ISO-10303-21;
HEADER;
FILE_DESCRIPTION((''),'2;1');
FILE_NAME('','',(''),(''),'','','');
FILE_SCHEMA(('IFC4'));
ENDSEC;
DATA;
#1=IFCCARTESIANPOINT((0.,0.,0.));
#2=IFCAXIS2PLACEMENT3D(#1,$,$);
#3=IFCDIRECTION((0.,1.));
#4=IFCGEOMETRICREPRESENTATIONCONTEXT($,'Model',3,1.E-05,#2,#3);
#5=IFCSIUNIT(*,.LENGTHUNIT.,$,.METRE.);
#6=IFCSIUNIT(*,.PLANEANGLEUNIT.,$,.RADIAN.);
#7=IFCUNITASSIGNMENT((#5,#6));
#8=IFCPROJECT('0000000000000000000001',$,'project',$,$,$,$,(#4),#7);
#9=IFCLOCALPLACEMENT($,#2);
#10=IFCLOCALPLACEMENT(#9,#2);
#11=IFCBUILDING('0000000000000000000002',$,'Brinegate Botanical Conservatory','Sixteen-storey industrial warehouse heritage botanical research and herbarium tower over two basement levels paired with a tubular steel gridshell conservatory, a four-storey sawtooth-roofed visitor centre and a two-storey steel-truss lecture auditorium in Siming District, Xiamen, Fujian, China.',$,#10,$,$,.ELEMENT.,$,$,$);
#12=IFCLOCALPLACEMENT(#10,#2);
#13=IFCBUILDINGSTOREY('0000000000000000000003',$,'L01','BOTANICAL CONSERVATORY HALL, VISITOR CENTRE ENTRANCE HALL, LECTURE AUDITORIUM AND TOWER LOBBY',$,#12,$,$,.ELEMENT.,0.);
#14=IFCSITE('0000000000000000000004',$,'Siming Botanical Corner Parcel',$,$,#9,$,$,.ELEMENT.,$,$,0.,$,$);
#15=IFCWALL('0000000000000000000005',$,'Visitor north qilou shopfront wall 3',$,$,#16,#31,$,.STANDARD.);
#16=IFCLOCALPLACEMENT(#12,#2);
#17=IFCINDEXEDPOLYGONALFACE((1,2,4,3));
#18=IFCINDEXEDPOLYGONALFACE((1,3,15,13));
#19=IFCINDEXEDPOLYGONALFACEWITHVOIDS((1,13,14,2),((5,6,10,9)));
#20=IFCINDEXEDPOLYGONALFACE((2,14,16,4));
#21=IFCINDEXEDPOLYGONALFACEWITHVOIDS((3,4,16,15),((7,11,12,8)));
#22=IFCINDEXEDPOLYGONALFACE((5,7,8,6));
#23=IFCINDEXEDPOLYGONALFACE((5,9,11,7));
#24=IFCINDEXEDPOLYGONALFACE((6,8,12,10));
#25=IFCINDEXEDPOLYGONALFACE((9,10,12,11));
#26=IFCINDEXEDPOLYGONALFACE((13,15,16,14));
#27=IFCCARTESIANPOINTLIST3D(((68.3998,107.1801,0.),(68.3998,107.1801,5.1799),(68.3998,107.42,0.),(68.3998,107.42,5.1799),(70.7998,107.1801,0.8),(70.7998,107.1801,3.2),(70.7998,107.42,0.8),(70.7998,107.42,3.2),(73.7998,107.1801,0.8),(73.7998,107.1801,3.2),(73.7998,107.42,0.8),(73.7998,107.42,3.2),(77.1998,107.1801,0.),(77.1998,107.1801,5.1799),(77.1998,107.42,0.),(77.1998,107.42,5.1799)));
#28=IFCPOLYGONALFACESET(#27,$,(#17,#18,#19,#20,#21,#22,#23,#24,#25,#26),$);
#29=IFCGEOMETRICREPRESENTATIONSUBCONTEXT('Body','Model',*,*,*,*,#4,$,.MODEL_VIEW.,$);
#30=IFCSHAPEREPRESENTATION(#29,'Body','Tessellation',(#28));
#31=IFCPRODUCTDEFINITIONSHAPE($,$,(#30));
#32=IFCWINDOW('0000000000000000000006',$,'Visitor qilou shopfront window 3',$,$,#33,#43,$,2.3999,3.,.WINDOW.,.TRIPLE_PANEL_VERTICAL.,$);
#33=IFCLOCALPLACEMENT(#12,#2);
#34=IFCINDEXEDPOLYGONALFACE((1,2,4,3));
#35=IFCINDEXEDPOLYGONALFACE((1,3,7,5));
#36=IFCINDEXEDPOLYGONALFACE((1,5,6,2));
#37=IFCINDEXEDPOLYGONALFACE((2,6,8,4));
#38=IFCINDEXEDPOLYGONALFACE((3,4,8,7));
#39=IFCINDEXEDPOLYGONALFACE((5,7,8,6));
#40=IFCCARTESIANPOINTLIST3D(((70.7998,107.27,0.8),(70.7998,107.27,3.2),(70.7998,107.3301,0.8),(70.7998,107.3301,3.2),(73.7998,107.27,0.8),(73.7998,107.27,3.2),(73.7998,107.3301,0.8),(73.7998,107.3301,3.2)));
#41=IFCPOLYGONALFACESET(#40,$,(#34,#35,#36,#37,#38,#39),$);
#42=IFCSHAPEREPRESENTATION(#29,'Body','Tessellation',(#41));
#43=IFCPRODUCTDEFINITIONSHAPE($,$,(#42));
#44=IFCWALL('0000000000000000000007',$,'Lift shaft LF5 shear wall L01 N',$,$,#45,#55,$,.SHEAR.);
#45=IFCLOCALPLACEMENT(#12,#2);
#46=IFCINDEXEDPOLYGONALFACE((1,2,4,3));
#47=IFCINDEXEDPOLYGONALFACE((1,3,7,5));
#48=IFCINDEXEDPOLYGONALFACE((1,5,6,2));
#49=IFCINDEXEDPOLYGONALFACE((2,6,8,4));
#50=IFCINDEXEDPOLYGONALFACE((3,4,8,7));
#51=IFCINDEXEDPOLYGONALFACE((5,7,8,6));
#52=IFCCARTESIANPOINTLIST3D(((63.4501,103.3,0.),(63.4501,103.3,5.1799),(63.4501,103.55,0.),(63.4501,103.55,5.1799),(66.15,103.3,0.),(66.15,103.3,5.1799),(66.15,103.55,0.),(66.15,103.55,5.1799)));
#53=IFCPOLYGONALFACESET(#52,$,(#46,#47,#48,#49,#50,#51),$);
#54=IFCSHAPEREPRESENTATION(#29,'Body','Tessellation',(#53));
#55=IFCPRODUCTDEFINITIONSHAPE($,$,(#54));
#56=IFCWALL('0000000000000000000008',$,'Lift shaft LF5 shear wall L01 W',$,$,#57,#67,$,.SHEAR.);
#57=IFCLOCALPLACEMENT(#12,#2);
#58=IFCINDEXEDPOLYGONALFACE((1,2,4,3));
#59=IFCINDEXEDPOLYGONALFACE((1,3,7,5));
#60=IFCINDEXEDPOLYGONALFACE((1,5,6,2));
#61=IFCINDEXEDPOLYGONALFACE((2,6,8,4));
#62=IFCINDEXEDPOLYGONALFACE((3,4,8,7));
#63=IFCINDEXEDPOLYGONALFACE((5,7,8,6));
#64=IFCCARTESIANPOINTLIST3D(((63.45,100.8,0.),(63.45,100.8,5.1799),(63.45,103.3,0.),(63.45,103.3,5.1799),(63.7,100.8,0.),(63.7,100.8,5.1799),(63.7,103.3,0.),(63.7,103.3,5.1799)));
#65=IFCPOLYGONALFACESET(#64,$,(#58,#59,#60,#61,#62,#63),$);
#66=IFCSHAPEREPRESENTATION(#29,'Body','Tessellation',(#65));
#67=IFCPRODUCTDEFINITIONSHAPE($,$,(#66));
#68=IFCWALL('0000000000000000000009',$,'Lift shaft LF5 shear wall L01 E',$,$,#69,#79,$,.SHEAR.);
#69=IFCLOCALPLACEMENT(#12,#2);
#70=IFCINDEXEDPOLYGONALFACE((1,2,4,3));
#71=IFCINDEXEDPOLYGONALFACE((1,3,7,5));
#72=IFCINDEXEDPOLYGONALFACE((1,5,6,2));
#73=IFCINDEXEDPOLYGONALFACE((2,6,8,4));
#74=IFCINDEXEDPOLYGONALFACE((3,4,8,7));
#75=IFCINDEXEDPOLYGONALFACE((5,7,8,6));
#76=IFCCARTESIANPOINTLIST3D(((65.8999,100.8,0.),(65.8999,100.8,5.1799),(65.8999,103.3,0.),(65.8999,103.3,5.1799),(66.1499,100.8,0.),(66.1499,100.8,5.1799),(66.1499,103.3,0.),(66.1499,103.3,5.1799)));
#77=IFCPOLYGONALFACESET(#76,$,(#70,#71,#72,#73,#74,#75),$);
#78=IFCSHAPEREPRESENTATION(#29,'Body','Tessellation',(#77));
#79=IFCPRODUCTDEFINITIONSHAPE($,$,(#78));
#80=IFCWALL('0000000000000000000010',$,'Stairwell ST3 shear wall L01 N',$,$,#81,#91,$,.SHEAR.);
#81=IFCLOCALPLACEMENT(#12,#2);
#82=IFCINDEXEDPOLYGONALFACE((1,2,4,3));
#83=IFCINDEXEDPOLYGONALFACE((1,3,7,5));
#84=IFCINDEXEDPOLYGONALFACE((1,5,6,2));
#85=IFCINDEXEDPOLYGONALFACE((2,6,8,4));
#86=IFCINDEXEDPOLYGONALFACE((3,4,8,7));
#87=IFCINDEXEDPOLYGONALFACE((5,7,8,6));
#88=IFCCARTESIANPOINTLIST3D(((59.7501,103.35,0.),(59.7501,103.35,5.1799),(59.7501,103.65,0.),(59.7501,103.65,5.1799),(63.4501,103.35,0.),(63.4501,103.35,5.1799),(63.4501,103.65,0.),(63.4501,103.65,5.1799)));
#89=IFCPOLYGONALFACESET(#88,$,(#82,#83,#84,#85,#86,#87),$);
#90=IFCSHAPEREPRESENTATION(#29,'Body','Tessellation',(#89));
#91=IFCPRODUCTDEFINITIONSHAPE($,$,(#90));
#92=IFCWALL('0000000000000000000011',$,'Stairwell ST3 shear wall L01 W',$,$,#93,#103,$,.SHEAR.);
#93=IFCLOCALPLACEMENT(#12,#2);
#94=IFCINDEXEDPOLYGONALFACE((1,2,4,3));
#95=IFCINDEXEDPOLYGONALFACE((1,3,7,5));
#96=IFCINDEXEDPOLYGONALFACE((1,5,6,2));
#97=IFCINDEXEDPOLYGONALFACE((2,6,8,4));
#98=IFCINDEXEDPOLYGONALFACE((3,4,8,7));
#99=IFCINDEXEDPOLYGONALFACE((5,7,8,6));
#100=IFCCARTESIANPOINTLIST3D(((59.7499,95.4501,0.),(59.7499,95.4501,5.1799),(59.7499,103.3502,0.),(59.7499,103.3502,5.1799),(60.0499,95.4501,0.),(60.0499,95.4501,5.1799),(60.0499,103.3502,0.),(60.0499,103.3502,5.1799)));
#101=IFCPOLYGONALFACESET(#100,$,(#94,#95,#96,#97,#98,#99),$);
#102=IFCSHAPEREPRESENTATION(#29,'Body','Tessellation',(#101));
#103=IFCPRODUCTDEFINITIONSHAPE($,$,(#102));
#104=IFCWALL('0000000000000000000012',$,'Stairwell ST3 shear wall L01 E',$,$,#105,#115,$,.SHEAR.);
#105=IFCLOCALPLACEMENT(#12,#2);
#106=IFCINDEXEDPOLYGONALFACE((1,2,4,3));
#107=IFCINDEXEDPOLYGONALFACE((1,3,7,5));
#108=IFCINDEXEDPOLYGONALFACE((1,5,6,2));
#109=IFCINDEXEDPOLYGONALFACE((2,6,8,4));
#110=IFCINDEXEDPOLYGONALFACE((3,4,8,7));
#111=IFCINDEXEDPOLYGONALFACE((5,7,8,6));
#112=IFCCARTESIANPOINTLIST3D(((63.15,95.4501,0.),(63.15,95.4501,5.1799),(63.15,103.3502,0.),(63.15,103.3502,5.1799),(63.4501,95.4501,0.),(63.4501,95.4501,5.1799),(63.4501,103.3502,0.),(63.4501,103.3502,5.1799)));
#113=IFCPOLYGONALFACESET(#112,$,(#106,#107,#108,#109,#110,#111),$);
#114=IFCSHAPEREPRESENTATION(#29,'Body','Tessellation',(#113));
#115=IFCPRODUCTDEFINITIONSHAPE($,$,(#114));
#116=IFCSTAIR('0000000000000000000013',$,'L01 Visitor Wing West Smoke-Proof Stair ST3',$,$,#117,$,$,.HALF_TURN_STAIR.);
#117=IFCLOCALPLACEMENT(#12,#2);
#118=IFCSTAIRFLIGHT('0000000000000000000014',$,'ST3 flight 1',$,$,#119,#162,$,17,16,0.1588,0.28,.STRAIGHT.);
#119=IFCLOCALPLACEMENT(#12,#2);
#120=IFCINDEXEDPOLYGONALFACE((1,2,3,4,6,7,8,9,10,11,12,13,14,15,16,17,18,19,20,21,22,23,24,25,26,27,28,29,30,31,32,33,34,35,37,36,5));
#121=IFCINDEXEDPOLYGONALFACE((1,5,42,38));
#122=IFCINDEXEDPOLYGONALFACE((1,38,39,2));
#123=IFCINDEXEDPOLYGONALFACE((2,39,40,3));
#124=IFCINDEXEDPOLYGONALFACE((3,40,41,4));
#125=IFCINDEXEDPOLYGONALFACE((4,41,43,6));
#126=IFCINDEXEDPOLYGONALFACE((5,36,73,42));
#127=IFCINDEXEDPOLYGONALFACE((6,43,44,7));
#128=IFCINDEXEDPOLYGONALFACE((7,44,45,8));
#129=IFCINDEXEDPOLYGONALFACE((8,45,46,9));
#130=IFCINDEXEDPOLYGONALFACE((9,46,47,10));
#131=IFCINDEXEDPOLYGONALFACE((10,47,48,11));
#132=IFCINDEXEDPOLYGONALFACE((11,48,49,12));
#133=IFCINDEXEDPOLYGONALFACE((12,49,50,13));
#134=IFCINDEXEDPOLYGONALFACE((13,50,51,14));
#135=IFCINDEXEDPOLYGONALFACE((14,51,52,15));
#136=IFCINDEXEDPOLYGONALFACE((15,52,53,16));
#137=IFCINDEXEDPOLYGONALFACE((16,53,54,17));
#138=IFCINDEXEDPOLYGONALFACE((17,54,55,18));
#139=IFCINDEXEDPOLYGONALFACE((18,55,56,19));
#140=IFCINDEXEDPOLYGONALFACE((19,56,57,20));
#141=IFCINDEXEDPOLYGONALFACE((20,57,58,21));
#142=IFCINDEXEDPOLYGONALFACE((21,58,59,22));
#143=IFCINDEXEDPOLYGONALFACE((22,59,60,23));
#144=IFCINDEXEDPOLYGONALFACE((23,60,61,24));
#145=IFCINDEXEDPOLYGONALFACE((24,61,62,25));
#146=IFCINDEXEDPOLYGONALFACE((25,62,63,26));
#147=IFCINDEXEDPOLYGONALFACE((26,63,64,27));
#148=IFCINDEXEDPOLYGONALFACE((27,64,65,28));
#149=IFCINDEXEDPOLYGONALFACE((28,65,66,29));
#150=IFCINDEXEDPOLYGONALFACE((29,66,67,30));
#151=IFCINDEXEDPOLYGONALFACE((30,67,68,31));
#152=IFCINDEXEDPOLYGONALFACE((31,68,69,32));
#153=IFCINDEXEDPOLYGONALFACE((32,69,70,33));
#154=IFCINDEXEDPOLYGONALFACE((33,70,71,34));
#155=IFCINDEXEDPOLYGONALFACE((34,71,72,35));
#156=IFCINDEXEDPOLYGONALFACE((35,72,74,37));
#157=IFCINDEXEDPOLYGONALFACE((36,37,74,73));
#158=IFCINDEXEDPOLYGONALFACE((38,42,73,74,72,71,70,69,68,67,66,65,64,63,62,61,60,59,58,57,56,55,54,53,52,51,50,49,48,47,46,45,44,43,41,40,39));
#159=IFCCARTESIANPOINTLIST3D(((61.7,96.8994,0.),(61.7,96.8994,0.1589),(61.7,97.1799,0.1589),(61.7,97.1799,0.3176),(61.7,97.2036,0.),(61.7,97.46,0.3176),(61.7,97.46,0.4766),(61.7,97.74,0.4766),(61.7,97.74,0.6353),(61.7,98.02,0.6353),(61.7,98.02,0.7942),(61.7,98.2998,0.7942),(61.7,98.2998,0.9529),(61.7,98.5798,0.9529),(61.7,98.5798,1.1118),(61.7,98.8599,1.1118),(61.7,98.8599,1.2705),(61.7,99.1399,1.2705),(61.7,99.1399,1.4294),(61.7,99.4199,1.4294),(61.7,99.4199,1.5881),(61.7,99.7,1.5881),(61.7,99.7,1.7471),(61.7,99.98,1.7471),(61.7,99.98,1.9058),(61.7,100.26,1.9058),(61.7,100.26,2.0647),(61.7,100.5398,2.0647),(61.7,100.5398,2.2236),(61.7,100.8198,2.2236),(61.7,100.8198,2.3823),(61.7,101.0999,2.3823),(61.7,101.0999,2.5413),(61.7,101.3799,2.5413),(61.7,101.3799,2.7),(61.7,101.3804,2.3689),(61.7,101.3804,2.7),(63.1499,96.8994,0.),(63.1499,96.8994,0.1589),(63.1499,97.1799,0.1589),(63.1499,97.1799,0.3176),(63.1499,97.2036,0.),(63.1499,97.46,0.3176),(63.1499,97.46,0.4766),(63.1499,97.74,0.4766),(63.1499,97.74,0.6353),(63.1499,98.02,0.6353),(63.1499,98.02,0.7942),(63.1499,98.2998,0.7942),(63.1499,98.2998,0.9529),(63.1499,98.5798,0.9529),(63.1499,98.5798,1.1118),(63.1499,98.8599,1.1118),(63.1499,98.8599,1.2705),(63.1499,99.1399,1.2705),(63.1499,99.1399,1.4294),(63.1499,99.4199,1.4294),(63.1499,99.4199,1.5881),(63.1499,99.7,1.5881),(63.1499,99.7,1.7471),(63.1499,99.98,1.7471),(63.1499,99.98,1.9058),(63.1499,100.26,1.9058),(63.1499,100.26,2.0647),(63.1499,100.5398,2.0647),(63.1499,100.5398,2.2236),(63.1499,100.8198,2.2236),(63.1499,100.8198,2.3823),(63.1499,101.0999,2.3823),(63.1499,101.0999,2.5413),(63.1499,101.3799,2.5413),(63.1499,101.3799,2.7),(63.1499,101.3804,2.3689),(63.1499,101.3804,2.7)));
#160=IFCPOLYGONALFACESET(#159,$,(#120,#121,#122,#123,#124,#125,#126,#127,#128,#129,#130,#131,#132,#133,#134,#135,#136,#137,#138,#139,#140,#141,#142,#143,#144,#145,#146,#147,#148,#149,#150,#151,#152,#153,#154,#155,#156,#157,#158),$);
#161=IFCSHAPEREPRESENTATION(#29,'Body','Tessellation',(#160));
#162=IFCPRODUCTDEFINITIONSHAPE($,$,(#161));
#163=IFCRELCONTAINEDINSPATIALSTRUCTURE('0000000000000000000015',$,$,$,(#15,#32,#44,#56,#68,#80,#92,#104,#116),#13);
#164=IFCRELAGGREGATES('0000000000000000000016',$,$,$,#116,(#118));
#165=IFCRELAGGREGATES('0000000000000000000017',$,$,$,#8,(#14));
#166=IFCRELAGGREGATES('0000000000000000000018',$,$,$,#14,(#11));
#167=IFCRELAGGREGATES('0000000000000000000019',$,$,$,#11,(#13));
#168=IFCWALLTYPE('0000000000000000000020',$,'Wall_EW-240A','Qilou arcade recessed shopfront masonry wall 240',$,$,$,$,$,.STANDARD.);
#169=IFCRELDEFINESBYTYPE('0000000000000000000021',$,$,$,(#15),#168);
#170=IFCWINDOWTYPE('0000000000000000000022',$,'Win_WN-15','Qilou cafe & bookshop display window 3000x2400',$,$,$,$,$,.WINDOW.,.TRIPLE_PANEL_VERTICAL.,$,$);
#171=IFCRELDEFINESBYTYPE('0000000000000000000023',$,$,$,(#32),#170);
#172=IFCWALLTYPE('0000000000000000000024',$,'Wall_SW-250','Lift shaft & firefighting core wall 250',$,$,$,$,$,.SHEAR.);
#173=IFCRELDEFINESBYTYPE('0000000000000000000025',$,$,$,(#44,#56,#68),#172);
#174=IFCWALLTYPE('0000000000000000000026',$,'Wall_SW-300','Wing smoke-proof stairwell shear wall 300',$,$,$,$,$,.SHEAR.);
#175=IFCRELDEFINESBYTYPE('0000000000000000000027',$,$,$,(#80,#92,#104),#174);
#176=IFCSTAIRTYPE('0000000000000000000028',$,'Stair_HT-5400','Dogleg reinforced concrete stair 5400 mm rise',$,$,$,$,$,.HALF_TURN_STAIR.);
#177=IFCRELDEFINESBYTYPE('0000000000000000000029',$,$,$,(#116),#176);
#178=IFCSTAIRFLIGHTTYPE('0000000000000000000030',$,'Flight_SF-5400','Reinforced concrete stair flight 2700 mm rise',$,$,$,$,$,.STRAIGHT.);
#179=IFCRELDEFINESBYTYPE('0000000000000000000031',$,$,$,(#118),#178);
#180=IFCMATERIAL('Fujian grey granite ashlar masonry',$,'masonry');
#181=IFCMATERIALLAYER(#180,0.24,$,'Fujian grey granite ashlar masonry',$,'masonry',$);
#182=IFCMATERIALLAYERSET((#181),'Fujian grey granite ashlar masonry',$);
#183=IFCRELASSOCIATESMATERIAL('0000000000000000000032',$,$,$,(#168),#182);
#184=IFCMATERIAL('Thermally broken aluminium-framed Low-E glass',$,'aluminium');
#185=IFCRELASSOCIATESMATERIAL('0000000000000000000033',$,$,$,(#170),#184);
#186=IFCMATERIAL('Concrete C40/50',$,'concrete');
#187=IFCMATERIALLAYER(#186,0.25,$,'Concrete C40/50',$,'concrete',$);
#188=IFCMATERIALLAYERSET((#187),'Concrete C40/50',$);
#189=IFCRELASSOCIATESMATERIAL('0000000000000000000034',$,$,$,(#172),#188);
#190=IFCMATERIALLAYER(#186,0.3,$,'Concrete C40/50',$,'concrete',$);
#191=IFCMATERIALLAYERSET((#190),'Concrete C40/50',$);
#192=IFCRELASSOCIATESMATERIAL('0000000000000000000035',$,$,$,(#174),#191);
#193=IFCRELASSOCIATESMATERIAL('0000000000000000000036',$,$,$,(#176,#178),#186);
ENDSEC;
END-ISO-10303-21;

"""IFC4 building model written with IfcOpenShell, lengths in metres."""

from ifc_helpers import new_model, si_unit, direction, frame, frame_2d, origin, place, context, subcontext, project, spatial, polyline, rectangle, outline, extrude, material, layer, layer_set, type_object, element, fill, aggregate, save


model = new_model("IFC4")

# Units and contexts
model_context = context("Model", 3, precision=1e-05, world=origin(), true_north=direction((0.0, 1.0)))
body_context = subcontext(model_context, "Body", "Model", "MODEL_VIEW")
ifc_project = project(units=[si_unit("LENGTHUNIT", "METRE"), si_unit("PLANEANGLEUNIT", "RADIAN")], contexts=[model_context])

# Site, building, storey
site_placement = place(None, origin())
site = spatial("IfcSite", under=ifc_project, at=site_placement, Name="Siming Botanical Corner Parcel", CompositionType="ELEMENT", RefElevation=0.0)
building_placement = place(site_placement, origin())
building = spatial("IfcBuilding", under=site, at=building_placement, Name="Brinegate Botanical Conservatory", Description="Sixteen-storey industrial warehouse heritage botanical research and herbarium tower over two basement levels paired with a tubular steel gridshell conservatory, a four-storey sawtooth-roofed visitor centre and a two-storey steel-truss lecture auditorium in Siming District, Xiamen, Fujian, China.", CompositionType="ELEMENT")
storey_placement = place(building_placement, origin())
storey = spatial("IfcBuildingStorey", under=building, at=storey_placement, Name="L01", Description="BOTANICAL CONSERVATORY HALL, VISITOR CENTRE ENTRANCE HALL, LECTURE AUDITORIUM AND TOWER LOBBY", CompositionType="ELEMENT", Elevation=0.0)

# Shared definitions
ifc_material_1 = material(Name="Concrete C40/50", Category="concrete")

# Wall, opening, window
ifc_material_2 = material(Name="Fujian grey granite ashlar masonry", Category="masonry")
ifc_layer_1 = layer(ifc_material_2, 0.24, Name="Fujian grey granite ashlar masonry", Category="masonry")
ifc_layer_set_1 = layer_set([ifc_layer_1], Name="Fujian grey granite ashlar masonry")
wall_type_1 = type_object("IfcWallType", Name="Wall_EW-240A", Description="Qilou arcade recessed shopfront masonry wall 240", PredefinedType="STANDARD", material=ifc_layer_set_1)
wall_1_placement = place(storey_placement, frame((68.3999, 107.3, 0.0), z_axis=(0.0, 0.0, 1.0), x_axis=(1.0, 0.0, 0.0)))
wall_1 = element("IfcWall", 1, at=wall_1_placement, inside=storey, type_object=wall_type_1, Name="Visitor north qilou shopfront wall 3", PredefinedType="STANDARD", context=body_context, shape_type="SweptSolid", body=[
    extrude(rectangle(XDim=8.8, YDim=0.24, at=frame_2d((4.3999, 0.0))), origin(), (0.0, 0.0, 1.0), 5.1799),
])
opening_1_placement = place(wall_1_placement, frame((2.3999, 0.0, 0.8)))
opening_1 = element("IfcOpeningElement", 2, at=opening_1_placement, cuts=wall_1, PredefinedType="OPENING", context=body_context, shape_type="SweptSolid", body=[
    extrude(rectangle(XDim=3.0, YDim=2.3999, at=frame_2d((1.5, 1.2))), frame((0.0, 0.1299, 0.0), z_axis=(0.0, -1.0, 0.0), x_axis=(1.0, 0.0, 0.0)), (0.0, 0.0, 1.0), 0.26),
])
ifc_material_3 = material(Name="Thermally broken aluminium-framed Low-E glass", Category="aluminium")
window_type = type_object("IfcWindowType", Name="Win_WN-15", Description="Qilou cafe & bookshop display window 3000x2400", PartitioningType="TRIPLE_PANEL_VERTICAL", PredefinedType="WINDOW", material=ifc_material_3)
window_placement = place(opening_1_placement, origin())
window = element("IfcWindow", 3, at=window_placement, inside=storey, type_object=window_type, Name="Visitor qilou shopfront window 3", OverallHeight=2.3999, OverallWidth=3.0, PartitioningType="TRIPLE_PANEL_VERTICAL", PredefinedType="WINDOW", context=body_context, shape_type="SweptSolid", body=[
    extrude(rectangle(XDim=3.0, YDim=2.3999, at=frame_2d((1.5, 1.2))), frame((0.0, 0.03, 0.0), z_axis=(0.0, -1.0, 0.0), x_axis=(1.0, 0.0, 0.0)), (0.0, 0.0, 1.0), 0.0601),
])
fill(opening_1, window)

# Shared definitions
ifc_layer_2 = layer(ifc_material_1, 0.25, Name="Concrete C40/50", Category="concrete")
ifc_layer_set_2 = layer_set([ifc_layer_2], Name="Concrete C40/50")
wall_type_2 = type_object("IfcWallType", Name="Wall_SW-250", Description="Lift shaft & firefighting core wall 250", PredefinedType="SHEAR", material=ifc_layer_set_2)

# Walls
wall_2_placement = place(storey_placement, frame((63.45, 103.425, 0.0), z_axis=(0.0, 0.0, 1.0), x_axis=(1.0, 0.0, 0.0)))
element("IfcWall", 4, at=wall_2_placement, inside=storey, type_object=wall_type_2, Name="Lift shaft LF5 shear wall L01 N", PredefinedType="SHEAR", context=body_context, shape_type="SweptSolid", body=[
    extrude(rectangle(XDim=2.7, YDim=0.25, at=frame_2d((1.3501, 0.0))), origin(), (0.0, 0.0, 1.0), 5.1799),
])
for number, where, z_axis, x_axis, name in (
    (5, (63.575, 100.8, 0.0), (0.0, 0.0, 1.0), (0.0, 1.0, 0.0), "Lift shaft LF5 shear wall L01 W"),
    (6, (66.0249, 100.8, 0.0), (0.0, 0.0, 1.0), (0.0, 1.0, 0.0), "Lift shaft LF5 shear wall L01 E"),
):
    element("IfcWall", number, at=place(storey_placement, frame(where, z_axis=z_axis, x_axis=x_axis)), inside=storey, type_object=wall_type_2, Name=name, PredefinedType="SHEAR", context=body_context, shape_type="SweptSolid", body=[
        extrude(rectangle(XDim=2.5, YDim=0.25, at=frame_2d((1.25, 0.0))), origin(), (0.0, 0.0, 1.0), 5.1799),
    ])

# Shared definitions
ifc_layer_3 = layer(ifc_material_1, 0.3, Name="Concrete C40/50", Category="concrete")
ifc_layer_set_3 = layer_set([ifc_layer_3], Name="Concrete C40/50")
wall_type_3 = type_object("IfcWallType", Name="Wall_SW-300", Description="Wing smoke-proof stairwell shear wall 300", PredefinedType="SHEAR", material=ifc_layer_set_3)

# Walls
wall_3_placement = place(storey_placement, frame((59.75, 103.5, 0.0), z_axis=(0.0, 0.0, 1.0), x_axis=(1.0, 0.0, 0.0)))
element("IfcWall", 7, at=wall_3_placement, inside=storey, type_object=wall_type_3, Name="Stairwell ST3 shear wall L01 N", PredefinedType="SHEAR", context=body_context, shape_type="SweptSolid", body=[
    extrude(rectangle(XDim=3.7, YDim=0.3, at=frame_2d((1.8501, 0.0))), origin(), (0.0, 0.0, 1.0), 5.1799),
])
for number, where, z_axis, x_axis, name in (
    (8, (59.8999, 95.45, 0.0), (0.0, 0.0, 1.0), (0.0, 1.0, 0.0), "Stairwell ST3 shear wall L01 W"),
    (9, (63.3, 95.45, 0.0), (0.0, 0.0, 1.0), (0.0, 1.0, 0.0), "Stairwell ST3 shear wall L01 E"),
):
    element("IfcWall", number, at=place(storey_placement, frame(where, z_axis=z_axis, x_axis=x_axis)), inside=storey, type_object=wall_type_3, Name=name, PredefinedType="SHEAR", context=body_context, shape_type="SweptSolid", body=[
        extrude(rectangle(XDim=7.9001, YDim=0.3, at=frame_2d((3.9502, 0.0))), origin(), (0.0, 0.0, 1.0), 5.1799),
    ])

# Stair, stair flight
stair_type = type_object("IfcStairType", Name="Stair_HT-5400", Description="Dogleg reinforced concrete stair 5400 mm rise", PredefinedType="HALF_TURN_STAIR", material=ifc_material_1)
stair_placement = place(storey_placement, origin())
stair = element("IfcStair", 10, at=stair_placement, inside=storey, type_object=stair_type, Name="L01 Visitor Wing West Smoke-Proof Stair ST3", PredefinedType="HALF_TURN_STAIR")
stair_flight_type = type_object("IfcStairFlightType", Name="Flight_SF-5400", Description="Reinforced concrete stair flight 2700 mm rise", PredefinedType="STRAIGHT", material=ifc_material_1)
stair_flight_1_placement = place(storey_placement, frame((62.425, 96.8999, 0.0), z_axis=(0.0, 0.0, 1.0), x_axis=(0.0, 1.0, 0.0)))
stair_flight_1 = element("IfcStairFlight", 11, at=stair_flight_1_placement, type_object=stair_flight_type, Name="ST3 flight 1", NumberOfRisers=17, NumberOfTreads=16, PredefinedType="STRAIGHT", RiserHeight=0.1588, TreadLength=0.28, context=body_context, shape_type="SweptSolid", body=[
    extrude(outline(polyline([(-0.0005, 0.0), (-0.0005, 0.1589), (0.28, 0.1589), (0.28, 0.3176), (0.5601, 0.3176), (0.5601, 0.4766), (0.8401, 0.4766), (0.8401, 0.6353), (1.1201, 0.6353), (1.1201, 0.7942), (1.3999, 0.7942), (1.3999, 0.9529), (1.6799, 0.9529), (1.6799, 1.1118), (1.96, 1.1118), (1.96, 1.2705), (2.24, 1.2705), (2.24, 1.4294), (2.52, 1.4294), (2.52, 1.5881), (2.8, 1.5881), (2.8, 1.7471), (3.0801, 1.7471), (3.0801, 1.9058), (3.3601, 1.9058), (3.3601, 2.0647), (3.6399, 2.0647), (3.6399, 2.2236), (3.9199, 2.2236), (3.9199, 2.3823), (4.2, 2.3823), (4.2, 2.5413), (4.48, 2.5413), (4.48, 2.7), (4.4805, 2.7), (4.4805, 2.3689), (0.3037, 0.0), (-0.0005, 0.0)])), frame((0.0, 0.7251, 0.0), z_axis=(0.0, -1.0, 0.0), x_axis=(1.0, 0.0, 0.0)), (0.0, 0.0, 1.0), 1.45),
])
aggregate(stair, [stair_flight_1])

save(model, "model.ifc")
